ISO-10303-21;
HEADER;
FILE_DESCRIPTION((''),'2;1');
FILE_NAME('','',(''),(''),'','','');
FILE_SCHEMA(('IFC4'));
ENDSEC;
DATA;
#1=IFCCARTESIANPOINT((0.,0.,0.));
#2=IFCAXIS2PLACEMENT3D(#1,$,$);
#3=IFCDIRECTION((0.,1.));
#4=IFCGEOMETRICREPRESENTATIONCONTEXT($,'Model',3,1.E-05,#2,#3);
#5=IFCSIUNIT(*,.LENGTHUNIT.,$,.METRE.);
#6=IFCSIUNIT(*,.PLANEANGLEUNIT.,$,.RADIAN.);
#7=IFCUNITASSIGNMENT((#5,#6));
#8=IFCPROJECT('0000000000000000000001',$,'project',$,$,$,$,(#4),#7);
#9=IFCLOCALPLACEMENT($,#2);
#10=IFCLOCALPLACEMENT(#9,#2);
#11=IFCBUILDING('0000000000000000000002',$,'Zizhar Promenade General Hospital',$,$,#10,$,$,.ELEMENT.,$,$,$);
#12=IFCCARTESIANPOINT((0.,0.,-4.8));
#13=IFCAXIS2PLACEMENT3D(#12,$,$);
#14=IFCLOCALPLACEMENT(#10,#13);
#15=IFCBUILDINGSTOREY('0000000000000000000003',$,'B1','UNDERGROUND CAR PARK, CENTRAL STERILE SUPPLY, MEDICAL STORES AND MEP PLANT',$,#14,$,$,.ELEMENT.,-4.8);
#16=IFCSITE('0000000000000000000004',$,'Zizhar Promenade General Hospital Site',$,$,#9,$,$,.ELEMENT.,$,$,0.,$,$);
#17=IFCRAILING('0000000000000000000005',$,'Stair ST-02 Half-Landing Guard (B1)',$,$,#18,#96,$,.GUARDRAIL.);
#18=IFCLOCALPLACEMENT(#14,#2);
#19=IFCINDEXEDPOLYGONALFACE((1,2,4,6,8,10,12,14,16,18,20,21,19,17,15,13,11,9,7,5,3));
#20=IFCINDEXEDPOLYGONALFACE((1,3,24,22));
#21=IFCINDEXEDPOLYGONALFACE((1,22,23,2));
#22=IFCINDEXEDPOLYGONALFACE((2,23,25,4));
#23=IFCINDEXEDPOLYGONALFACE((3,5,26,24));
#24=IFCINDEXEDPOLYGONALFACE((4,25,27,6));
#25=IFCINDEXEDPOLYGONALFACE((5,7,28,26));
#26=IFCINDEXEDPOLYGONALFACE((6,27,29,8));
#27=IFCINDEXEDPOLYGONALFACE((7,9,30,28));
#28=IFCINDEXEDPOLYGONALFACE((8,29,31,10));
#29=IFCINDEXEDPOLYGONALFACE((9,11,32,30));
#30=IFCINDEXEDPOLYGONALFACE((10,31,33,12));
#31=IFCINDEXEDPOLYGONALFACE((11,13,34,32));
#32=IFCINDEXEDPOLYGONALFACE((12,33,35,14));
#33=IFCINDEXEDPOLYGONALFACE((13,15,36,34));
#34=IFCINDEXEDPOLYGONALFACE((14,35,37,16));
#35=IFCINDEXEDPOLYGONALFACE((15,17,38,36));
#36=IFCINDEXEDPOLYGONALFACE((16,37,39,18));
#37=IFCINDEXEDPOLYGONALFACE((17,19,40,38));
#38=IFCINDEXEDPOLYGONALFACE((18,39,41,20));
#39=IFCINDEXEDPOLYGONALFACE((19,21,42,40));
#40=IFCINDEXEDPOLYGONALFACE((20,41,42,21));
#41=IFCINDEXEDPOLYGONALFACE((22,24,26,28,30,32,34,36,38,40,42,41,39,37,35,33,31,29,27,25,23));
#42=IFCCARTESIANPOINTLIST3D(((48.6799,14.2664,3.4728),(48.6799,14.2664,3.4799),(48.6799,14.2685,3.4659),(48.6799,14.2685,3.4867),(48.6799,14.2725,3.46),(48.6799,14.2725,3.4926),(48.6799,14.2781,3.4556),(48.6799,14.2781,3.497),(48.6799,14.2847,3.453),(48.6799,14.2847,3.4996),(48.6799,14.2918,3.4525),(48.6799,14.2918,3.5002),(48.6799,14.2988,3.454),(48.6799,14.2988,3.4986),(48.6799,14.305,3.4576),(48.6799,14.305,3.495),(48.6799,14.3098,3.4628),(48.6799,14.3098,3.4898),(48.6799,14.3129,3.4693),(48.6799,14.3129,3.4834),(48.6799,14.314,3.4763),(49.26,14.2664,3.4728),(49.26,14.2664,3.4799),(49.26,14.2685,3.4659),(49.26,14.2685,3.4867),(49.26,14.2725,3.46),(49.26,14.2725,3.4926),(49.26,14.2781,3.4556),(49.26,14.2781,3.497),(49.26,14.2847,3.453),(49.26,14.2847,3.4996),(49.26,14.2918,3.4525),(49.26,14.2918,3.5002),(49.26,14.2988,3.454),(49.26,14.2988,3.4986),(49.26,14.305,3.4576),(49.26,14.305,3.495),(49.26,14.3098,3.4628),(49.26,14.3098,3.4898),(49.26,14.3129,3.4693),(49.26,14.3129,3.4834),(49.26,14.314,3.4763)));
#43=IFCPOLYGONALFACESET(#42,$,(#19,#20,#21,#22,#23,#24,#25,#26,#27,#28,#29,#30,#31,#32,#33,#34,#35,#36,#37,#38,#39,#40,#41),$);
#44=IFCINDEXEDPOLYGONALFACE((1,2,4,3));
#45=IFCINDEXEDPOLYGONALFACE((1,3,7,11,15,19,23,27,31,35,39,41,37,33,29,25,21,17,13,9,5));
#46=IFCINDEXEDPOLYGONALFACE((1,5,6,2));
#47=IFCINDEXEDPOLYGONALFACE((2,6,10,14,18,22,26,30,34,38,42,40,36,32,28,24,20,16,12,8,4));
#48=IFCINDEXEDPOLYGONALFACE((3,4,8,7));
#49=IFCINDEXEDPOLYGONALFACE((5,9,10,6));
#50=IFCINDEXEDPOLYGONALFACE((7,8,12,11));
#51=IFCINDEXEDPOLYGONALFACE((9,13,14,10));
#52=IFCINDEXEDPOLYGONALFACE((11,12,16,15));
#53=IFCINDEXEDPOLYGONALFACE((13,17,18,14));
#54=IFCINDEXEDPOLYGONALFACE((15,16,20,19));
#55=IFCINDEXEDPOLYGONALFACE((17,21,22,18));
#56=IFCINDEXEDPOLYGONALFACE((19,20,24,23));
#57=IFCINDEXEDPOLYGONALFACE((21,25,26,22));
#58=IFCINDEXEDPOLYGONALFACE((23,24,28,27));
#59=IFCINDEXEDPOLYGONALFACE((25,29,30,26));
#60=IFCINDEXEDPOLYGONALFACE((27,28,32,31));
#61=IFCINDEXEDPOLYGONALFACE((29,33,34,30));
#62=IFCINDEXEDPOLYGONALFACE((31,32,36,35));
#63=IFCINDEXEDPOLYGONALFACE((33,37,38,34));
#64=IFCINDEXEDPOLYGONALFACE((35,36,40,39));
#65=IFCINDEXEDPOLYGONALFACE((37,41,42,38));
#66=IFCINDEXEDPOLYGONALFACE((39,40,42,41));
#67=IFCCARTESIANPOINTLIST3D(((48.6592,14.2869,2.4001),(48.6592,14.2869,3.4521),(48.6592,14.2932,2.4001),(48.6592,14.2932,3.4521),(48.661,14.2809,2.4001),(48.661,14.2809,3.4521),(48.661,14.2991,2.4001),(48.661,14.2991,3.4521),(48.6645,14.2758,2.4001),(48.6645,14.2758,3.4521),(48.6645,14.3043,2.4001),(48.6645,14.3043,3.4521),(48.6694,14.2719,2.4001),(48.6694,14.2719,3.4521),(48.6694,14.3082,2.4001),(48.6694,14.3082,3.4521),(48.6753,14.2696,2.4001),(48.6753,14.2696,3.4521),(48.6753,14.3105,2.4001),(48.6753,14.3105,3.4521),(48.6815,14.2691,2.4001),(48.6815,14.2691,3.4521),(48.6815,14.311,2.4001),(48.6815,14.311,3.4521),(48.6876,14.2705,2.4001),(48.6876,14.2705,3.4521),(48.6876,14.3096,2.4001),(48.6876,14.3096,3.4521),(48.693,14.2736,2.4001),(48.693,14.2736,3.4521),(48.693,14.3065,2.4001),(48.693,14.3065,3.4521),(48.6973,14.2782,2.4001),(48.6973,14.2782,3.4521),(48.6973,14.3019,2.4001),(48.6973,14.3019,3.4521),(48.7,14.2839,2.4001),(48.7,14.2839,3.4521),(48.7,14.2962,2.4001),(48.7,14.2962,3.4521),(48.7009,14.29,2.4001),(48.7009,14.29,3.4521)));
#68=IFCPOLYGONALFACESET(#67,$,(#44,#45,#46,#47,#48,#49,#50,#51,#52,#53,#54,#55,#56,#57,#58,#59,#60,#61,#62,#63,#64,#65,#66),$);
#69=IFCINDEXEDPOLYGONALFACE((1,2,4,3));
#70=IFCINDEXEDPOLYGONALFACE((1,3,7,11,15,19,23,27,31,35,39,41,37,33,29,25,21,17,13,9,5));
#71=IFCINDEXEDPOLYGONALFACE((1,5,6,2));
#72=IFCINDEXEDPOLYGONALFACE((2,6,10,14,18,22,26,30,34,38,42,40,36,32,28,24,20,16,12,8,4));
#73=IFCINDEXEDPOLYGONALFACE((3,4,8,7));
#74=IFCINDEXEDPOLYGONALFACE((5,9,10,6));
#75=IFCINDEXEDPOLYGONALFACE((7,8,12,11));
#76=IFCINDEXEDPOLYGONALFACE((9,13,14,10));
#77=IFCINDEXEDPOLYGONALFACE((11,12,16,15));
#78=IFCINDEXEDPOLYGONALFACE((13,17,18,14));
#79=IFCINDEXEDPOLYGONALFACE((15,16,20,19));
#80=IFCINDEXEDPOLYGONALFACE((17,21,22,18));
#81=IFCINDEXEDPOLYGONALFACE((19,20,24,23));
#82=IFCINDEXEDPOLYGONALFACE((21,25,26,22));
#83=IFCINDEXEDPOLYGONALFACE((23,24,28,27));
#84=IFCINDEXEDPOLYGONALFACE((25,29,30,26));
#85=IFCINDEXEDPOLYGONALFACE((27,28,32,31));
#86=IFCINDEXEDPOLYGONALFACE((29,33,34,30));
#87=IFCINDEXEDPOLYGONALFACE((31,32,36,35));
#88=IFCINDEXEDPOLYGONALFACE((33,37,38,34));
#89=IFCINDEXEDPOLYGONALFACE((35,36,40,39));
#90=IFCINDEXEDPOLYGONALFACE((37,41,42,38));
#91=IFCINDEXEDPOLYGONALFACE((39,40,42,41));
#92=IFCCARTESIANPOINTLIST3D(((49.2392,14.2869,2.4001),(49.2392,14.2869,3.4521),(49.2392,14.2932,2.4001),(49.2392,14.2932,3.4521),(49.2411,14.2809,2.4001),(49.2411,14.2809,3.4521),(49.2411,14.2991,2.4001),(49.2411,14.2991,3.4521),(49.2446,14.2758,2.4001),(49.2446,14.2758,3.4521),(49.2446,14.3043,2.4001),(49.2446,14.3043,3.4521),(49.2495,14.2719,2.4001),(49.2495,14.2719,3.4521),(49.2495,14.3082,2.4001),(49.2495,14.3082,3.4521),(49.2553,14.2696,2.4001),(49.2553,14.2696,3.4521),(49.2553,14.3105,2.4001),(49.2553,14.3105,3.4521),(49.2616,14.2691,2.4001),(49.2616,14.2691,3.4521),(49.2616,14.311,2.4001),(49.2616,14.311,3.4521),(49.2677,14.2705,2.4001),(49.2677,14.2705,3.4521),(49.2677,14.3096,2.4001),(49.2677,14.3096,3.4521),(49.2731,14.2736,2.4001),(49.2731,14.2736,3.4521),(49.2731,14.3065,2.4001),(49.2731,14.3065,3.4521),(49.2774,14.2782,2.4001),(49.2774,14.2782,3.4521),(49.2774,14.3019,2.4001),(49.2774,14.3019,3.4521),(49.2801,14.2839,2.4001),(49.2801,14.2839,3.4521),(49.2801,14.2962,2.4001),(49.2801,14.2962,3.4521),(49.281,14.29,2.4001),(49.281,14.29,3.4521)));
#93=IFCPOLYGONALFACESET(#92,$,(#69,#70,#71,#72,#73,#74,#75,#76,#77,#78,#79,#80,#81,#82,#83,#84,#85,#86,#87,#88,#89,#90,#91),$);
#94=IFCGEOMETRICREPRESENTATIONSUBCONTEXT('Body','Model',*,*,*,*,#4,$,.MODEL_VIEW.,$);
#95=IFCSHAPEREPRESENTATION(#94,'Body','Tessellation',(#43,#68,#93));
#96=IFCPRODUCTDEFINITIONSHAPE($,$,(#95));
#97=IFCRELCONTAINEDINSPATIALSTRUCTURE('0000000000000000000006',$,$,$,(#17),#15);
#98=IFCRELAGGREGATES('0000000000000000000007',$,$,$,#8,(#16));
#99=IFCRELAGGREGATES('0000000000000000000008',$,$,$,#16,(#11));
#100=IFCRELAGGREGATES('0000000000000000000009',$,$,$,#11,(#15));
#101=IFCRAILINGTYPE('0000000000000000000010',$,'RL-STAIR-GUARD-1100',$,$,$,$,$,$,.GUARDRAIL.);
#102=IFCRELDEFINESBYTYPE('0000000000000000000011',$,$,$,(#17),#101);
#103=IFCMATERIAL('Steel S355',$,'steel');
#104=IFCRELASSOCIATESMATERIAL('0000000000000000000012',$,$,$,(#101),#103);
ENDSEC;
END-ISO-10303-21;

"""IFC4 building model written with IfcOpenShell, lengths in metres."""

from ifc_helpers import new_model, si_unit, direction, frame, origin, origin_2d, place, context, subcontext, project, spatial, circle, hollow_circle, extrude, material, material_profile, profile_set, type_object, element, save


model = new_model("IFC4")

# Units and contexts
model_context = context("Model", 3, precision=1e-05, world=origin(), true_north=direction((0.0, 1.0)))
body_context = subcontext(model_context, "Body", "Model", "MODEL_VIEW")
ifc_project = project(units=[si_unit("LENGTHUNIT", "METRE"), si_unit("PLANEANGLEUNIT", "RADIAN")], contexts=[model_context])

# Site, building, storey
site_placement = place(None, origin())
site = spatial("IfcSite", under=ifc_project, at=site_placement, Name="Zizhar Promenade General Hospital Site", CompositionType="ELEMENT", RefElevation=0.0)
building_placement = place(site_placement, origin())
building = spatial("IfcBuilding", under=site, at=building_placement, Name="Zizhar Promenade General Hospital", CompositionType="ELEMENT")
storey_placement = place(building_placement, frame((0.0, 0.0, -4.8)))
storey = spatial("IfcBuildingStorey", under=building, at=storey_placement, Name="B1", Description="UNDERGROUND CAR PARK, CENTRAL STERILE SUPPLY, MEDICAL STORES AND MEP PLANT", CompositionType="ELEMENT", Elevation=-4.8)

# Railing
ifc_material_1 = material(Name="Steel S355", Category="steel")
ifc_material_profile_1 = material_profile(ifc_material_1, hollow_circle(Radius=0.0698, WallThickness=0.0063, at=origin_2d()))
ifc_profile_set_1 = profile_set([ifc_material_profile_1], Name="Steel S355")
railing_type_1 = type_object("IfcRailingType", Name="RL-STAIR-GUARD-1100", PredefinedType="GUARDRAIL", material=ifc_profile_set_1)
railing_1_placement = place(storey_placement, frame((48.6799, 14.29, 2.4001)))
element("IfcRailing", 1, at=railing_1_placement, inside=storey, type_object=railing_type_1, Name="Stair ST-02 Half-Landing Guard (B1)", PredefinedType="GUARDRAIL", context=body_context, shape_type="SweptSolid", body=[
    extrude(circle(Radius=0.0239, at=origin_2d()), frame((0.0, 0.0, 1.0762), z_axis=(1.0, 0.0, 0.0), x_axis=(0.0, 1.0, 0.0)), (0.0, 0.0, 1.0), 0.5801),
    extrude(circle(Radius=0.021, at=origin_2d()), origin(), (0.0, 0.0, 1.0), 1.052),
    extrude(circle(Radius=0.021, at=origin_2d()), frame((0.5801, 0.0, 0.0)), (0.0, 0.0, 1.0), 1.052),
])

save(model, "model.ifc")
